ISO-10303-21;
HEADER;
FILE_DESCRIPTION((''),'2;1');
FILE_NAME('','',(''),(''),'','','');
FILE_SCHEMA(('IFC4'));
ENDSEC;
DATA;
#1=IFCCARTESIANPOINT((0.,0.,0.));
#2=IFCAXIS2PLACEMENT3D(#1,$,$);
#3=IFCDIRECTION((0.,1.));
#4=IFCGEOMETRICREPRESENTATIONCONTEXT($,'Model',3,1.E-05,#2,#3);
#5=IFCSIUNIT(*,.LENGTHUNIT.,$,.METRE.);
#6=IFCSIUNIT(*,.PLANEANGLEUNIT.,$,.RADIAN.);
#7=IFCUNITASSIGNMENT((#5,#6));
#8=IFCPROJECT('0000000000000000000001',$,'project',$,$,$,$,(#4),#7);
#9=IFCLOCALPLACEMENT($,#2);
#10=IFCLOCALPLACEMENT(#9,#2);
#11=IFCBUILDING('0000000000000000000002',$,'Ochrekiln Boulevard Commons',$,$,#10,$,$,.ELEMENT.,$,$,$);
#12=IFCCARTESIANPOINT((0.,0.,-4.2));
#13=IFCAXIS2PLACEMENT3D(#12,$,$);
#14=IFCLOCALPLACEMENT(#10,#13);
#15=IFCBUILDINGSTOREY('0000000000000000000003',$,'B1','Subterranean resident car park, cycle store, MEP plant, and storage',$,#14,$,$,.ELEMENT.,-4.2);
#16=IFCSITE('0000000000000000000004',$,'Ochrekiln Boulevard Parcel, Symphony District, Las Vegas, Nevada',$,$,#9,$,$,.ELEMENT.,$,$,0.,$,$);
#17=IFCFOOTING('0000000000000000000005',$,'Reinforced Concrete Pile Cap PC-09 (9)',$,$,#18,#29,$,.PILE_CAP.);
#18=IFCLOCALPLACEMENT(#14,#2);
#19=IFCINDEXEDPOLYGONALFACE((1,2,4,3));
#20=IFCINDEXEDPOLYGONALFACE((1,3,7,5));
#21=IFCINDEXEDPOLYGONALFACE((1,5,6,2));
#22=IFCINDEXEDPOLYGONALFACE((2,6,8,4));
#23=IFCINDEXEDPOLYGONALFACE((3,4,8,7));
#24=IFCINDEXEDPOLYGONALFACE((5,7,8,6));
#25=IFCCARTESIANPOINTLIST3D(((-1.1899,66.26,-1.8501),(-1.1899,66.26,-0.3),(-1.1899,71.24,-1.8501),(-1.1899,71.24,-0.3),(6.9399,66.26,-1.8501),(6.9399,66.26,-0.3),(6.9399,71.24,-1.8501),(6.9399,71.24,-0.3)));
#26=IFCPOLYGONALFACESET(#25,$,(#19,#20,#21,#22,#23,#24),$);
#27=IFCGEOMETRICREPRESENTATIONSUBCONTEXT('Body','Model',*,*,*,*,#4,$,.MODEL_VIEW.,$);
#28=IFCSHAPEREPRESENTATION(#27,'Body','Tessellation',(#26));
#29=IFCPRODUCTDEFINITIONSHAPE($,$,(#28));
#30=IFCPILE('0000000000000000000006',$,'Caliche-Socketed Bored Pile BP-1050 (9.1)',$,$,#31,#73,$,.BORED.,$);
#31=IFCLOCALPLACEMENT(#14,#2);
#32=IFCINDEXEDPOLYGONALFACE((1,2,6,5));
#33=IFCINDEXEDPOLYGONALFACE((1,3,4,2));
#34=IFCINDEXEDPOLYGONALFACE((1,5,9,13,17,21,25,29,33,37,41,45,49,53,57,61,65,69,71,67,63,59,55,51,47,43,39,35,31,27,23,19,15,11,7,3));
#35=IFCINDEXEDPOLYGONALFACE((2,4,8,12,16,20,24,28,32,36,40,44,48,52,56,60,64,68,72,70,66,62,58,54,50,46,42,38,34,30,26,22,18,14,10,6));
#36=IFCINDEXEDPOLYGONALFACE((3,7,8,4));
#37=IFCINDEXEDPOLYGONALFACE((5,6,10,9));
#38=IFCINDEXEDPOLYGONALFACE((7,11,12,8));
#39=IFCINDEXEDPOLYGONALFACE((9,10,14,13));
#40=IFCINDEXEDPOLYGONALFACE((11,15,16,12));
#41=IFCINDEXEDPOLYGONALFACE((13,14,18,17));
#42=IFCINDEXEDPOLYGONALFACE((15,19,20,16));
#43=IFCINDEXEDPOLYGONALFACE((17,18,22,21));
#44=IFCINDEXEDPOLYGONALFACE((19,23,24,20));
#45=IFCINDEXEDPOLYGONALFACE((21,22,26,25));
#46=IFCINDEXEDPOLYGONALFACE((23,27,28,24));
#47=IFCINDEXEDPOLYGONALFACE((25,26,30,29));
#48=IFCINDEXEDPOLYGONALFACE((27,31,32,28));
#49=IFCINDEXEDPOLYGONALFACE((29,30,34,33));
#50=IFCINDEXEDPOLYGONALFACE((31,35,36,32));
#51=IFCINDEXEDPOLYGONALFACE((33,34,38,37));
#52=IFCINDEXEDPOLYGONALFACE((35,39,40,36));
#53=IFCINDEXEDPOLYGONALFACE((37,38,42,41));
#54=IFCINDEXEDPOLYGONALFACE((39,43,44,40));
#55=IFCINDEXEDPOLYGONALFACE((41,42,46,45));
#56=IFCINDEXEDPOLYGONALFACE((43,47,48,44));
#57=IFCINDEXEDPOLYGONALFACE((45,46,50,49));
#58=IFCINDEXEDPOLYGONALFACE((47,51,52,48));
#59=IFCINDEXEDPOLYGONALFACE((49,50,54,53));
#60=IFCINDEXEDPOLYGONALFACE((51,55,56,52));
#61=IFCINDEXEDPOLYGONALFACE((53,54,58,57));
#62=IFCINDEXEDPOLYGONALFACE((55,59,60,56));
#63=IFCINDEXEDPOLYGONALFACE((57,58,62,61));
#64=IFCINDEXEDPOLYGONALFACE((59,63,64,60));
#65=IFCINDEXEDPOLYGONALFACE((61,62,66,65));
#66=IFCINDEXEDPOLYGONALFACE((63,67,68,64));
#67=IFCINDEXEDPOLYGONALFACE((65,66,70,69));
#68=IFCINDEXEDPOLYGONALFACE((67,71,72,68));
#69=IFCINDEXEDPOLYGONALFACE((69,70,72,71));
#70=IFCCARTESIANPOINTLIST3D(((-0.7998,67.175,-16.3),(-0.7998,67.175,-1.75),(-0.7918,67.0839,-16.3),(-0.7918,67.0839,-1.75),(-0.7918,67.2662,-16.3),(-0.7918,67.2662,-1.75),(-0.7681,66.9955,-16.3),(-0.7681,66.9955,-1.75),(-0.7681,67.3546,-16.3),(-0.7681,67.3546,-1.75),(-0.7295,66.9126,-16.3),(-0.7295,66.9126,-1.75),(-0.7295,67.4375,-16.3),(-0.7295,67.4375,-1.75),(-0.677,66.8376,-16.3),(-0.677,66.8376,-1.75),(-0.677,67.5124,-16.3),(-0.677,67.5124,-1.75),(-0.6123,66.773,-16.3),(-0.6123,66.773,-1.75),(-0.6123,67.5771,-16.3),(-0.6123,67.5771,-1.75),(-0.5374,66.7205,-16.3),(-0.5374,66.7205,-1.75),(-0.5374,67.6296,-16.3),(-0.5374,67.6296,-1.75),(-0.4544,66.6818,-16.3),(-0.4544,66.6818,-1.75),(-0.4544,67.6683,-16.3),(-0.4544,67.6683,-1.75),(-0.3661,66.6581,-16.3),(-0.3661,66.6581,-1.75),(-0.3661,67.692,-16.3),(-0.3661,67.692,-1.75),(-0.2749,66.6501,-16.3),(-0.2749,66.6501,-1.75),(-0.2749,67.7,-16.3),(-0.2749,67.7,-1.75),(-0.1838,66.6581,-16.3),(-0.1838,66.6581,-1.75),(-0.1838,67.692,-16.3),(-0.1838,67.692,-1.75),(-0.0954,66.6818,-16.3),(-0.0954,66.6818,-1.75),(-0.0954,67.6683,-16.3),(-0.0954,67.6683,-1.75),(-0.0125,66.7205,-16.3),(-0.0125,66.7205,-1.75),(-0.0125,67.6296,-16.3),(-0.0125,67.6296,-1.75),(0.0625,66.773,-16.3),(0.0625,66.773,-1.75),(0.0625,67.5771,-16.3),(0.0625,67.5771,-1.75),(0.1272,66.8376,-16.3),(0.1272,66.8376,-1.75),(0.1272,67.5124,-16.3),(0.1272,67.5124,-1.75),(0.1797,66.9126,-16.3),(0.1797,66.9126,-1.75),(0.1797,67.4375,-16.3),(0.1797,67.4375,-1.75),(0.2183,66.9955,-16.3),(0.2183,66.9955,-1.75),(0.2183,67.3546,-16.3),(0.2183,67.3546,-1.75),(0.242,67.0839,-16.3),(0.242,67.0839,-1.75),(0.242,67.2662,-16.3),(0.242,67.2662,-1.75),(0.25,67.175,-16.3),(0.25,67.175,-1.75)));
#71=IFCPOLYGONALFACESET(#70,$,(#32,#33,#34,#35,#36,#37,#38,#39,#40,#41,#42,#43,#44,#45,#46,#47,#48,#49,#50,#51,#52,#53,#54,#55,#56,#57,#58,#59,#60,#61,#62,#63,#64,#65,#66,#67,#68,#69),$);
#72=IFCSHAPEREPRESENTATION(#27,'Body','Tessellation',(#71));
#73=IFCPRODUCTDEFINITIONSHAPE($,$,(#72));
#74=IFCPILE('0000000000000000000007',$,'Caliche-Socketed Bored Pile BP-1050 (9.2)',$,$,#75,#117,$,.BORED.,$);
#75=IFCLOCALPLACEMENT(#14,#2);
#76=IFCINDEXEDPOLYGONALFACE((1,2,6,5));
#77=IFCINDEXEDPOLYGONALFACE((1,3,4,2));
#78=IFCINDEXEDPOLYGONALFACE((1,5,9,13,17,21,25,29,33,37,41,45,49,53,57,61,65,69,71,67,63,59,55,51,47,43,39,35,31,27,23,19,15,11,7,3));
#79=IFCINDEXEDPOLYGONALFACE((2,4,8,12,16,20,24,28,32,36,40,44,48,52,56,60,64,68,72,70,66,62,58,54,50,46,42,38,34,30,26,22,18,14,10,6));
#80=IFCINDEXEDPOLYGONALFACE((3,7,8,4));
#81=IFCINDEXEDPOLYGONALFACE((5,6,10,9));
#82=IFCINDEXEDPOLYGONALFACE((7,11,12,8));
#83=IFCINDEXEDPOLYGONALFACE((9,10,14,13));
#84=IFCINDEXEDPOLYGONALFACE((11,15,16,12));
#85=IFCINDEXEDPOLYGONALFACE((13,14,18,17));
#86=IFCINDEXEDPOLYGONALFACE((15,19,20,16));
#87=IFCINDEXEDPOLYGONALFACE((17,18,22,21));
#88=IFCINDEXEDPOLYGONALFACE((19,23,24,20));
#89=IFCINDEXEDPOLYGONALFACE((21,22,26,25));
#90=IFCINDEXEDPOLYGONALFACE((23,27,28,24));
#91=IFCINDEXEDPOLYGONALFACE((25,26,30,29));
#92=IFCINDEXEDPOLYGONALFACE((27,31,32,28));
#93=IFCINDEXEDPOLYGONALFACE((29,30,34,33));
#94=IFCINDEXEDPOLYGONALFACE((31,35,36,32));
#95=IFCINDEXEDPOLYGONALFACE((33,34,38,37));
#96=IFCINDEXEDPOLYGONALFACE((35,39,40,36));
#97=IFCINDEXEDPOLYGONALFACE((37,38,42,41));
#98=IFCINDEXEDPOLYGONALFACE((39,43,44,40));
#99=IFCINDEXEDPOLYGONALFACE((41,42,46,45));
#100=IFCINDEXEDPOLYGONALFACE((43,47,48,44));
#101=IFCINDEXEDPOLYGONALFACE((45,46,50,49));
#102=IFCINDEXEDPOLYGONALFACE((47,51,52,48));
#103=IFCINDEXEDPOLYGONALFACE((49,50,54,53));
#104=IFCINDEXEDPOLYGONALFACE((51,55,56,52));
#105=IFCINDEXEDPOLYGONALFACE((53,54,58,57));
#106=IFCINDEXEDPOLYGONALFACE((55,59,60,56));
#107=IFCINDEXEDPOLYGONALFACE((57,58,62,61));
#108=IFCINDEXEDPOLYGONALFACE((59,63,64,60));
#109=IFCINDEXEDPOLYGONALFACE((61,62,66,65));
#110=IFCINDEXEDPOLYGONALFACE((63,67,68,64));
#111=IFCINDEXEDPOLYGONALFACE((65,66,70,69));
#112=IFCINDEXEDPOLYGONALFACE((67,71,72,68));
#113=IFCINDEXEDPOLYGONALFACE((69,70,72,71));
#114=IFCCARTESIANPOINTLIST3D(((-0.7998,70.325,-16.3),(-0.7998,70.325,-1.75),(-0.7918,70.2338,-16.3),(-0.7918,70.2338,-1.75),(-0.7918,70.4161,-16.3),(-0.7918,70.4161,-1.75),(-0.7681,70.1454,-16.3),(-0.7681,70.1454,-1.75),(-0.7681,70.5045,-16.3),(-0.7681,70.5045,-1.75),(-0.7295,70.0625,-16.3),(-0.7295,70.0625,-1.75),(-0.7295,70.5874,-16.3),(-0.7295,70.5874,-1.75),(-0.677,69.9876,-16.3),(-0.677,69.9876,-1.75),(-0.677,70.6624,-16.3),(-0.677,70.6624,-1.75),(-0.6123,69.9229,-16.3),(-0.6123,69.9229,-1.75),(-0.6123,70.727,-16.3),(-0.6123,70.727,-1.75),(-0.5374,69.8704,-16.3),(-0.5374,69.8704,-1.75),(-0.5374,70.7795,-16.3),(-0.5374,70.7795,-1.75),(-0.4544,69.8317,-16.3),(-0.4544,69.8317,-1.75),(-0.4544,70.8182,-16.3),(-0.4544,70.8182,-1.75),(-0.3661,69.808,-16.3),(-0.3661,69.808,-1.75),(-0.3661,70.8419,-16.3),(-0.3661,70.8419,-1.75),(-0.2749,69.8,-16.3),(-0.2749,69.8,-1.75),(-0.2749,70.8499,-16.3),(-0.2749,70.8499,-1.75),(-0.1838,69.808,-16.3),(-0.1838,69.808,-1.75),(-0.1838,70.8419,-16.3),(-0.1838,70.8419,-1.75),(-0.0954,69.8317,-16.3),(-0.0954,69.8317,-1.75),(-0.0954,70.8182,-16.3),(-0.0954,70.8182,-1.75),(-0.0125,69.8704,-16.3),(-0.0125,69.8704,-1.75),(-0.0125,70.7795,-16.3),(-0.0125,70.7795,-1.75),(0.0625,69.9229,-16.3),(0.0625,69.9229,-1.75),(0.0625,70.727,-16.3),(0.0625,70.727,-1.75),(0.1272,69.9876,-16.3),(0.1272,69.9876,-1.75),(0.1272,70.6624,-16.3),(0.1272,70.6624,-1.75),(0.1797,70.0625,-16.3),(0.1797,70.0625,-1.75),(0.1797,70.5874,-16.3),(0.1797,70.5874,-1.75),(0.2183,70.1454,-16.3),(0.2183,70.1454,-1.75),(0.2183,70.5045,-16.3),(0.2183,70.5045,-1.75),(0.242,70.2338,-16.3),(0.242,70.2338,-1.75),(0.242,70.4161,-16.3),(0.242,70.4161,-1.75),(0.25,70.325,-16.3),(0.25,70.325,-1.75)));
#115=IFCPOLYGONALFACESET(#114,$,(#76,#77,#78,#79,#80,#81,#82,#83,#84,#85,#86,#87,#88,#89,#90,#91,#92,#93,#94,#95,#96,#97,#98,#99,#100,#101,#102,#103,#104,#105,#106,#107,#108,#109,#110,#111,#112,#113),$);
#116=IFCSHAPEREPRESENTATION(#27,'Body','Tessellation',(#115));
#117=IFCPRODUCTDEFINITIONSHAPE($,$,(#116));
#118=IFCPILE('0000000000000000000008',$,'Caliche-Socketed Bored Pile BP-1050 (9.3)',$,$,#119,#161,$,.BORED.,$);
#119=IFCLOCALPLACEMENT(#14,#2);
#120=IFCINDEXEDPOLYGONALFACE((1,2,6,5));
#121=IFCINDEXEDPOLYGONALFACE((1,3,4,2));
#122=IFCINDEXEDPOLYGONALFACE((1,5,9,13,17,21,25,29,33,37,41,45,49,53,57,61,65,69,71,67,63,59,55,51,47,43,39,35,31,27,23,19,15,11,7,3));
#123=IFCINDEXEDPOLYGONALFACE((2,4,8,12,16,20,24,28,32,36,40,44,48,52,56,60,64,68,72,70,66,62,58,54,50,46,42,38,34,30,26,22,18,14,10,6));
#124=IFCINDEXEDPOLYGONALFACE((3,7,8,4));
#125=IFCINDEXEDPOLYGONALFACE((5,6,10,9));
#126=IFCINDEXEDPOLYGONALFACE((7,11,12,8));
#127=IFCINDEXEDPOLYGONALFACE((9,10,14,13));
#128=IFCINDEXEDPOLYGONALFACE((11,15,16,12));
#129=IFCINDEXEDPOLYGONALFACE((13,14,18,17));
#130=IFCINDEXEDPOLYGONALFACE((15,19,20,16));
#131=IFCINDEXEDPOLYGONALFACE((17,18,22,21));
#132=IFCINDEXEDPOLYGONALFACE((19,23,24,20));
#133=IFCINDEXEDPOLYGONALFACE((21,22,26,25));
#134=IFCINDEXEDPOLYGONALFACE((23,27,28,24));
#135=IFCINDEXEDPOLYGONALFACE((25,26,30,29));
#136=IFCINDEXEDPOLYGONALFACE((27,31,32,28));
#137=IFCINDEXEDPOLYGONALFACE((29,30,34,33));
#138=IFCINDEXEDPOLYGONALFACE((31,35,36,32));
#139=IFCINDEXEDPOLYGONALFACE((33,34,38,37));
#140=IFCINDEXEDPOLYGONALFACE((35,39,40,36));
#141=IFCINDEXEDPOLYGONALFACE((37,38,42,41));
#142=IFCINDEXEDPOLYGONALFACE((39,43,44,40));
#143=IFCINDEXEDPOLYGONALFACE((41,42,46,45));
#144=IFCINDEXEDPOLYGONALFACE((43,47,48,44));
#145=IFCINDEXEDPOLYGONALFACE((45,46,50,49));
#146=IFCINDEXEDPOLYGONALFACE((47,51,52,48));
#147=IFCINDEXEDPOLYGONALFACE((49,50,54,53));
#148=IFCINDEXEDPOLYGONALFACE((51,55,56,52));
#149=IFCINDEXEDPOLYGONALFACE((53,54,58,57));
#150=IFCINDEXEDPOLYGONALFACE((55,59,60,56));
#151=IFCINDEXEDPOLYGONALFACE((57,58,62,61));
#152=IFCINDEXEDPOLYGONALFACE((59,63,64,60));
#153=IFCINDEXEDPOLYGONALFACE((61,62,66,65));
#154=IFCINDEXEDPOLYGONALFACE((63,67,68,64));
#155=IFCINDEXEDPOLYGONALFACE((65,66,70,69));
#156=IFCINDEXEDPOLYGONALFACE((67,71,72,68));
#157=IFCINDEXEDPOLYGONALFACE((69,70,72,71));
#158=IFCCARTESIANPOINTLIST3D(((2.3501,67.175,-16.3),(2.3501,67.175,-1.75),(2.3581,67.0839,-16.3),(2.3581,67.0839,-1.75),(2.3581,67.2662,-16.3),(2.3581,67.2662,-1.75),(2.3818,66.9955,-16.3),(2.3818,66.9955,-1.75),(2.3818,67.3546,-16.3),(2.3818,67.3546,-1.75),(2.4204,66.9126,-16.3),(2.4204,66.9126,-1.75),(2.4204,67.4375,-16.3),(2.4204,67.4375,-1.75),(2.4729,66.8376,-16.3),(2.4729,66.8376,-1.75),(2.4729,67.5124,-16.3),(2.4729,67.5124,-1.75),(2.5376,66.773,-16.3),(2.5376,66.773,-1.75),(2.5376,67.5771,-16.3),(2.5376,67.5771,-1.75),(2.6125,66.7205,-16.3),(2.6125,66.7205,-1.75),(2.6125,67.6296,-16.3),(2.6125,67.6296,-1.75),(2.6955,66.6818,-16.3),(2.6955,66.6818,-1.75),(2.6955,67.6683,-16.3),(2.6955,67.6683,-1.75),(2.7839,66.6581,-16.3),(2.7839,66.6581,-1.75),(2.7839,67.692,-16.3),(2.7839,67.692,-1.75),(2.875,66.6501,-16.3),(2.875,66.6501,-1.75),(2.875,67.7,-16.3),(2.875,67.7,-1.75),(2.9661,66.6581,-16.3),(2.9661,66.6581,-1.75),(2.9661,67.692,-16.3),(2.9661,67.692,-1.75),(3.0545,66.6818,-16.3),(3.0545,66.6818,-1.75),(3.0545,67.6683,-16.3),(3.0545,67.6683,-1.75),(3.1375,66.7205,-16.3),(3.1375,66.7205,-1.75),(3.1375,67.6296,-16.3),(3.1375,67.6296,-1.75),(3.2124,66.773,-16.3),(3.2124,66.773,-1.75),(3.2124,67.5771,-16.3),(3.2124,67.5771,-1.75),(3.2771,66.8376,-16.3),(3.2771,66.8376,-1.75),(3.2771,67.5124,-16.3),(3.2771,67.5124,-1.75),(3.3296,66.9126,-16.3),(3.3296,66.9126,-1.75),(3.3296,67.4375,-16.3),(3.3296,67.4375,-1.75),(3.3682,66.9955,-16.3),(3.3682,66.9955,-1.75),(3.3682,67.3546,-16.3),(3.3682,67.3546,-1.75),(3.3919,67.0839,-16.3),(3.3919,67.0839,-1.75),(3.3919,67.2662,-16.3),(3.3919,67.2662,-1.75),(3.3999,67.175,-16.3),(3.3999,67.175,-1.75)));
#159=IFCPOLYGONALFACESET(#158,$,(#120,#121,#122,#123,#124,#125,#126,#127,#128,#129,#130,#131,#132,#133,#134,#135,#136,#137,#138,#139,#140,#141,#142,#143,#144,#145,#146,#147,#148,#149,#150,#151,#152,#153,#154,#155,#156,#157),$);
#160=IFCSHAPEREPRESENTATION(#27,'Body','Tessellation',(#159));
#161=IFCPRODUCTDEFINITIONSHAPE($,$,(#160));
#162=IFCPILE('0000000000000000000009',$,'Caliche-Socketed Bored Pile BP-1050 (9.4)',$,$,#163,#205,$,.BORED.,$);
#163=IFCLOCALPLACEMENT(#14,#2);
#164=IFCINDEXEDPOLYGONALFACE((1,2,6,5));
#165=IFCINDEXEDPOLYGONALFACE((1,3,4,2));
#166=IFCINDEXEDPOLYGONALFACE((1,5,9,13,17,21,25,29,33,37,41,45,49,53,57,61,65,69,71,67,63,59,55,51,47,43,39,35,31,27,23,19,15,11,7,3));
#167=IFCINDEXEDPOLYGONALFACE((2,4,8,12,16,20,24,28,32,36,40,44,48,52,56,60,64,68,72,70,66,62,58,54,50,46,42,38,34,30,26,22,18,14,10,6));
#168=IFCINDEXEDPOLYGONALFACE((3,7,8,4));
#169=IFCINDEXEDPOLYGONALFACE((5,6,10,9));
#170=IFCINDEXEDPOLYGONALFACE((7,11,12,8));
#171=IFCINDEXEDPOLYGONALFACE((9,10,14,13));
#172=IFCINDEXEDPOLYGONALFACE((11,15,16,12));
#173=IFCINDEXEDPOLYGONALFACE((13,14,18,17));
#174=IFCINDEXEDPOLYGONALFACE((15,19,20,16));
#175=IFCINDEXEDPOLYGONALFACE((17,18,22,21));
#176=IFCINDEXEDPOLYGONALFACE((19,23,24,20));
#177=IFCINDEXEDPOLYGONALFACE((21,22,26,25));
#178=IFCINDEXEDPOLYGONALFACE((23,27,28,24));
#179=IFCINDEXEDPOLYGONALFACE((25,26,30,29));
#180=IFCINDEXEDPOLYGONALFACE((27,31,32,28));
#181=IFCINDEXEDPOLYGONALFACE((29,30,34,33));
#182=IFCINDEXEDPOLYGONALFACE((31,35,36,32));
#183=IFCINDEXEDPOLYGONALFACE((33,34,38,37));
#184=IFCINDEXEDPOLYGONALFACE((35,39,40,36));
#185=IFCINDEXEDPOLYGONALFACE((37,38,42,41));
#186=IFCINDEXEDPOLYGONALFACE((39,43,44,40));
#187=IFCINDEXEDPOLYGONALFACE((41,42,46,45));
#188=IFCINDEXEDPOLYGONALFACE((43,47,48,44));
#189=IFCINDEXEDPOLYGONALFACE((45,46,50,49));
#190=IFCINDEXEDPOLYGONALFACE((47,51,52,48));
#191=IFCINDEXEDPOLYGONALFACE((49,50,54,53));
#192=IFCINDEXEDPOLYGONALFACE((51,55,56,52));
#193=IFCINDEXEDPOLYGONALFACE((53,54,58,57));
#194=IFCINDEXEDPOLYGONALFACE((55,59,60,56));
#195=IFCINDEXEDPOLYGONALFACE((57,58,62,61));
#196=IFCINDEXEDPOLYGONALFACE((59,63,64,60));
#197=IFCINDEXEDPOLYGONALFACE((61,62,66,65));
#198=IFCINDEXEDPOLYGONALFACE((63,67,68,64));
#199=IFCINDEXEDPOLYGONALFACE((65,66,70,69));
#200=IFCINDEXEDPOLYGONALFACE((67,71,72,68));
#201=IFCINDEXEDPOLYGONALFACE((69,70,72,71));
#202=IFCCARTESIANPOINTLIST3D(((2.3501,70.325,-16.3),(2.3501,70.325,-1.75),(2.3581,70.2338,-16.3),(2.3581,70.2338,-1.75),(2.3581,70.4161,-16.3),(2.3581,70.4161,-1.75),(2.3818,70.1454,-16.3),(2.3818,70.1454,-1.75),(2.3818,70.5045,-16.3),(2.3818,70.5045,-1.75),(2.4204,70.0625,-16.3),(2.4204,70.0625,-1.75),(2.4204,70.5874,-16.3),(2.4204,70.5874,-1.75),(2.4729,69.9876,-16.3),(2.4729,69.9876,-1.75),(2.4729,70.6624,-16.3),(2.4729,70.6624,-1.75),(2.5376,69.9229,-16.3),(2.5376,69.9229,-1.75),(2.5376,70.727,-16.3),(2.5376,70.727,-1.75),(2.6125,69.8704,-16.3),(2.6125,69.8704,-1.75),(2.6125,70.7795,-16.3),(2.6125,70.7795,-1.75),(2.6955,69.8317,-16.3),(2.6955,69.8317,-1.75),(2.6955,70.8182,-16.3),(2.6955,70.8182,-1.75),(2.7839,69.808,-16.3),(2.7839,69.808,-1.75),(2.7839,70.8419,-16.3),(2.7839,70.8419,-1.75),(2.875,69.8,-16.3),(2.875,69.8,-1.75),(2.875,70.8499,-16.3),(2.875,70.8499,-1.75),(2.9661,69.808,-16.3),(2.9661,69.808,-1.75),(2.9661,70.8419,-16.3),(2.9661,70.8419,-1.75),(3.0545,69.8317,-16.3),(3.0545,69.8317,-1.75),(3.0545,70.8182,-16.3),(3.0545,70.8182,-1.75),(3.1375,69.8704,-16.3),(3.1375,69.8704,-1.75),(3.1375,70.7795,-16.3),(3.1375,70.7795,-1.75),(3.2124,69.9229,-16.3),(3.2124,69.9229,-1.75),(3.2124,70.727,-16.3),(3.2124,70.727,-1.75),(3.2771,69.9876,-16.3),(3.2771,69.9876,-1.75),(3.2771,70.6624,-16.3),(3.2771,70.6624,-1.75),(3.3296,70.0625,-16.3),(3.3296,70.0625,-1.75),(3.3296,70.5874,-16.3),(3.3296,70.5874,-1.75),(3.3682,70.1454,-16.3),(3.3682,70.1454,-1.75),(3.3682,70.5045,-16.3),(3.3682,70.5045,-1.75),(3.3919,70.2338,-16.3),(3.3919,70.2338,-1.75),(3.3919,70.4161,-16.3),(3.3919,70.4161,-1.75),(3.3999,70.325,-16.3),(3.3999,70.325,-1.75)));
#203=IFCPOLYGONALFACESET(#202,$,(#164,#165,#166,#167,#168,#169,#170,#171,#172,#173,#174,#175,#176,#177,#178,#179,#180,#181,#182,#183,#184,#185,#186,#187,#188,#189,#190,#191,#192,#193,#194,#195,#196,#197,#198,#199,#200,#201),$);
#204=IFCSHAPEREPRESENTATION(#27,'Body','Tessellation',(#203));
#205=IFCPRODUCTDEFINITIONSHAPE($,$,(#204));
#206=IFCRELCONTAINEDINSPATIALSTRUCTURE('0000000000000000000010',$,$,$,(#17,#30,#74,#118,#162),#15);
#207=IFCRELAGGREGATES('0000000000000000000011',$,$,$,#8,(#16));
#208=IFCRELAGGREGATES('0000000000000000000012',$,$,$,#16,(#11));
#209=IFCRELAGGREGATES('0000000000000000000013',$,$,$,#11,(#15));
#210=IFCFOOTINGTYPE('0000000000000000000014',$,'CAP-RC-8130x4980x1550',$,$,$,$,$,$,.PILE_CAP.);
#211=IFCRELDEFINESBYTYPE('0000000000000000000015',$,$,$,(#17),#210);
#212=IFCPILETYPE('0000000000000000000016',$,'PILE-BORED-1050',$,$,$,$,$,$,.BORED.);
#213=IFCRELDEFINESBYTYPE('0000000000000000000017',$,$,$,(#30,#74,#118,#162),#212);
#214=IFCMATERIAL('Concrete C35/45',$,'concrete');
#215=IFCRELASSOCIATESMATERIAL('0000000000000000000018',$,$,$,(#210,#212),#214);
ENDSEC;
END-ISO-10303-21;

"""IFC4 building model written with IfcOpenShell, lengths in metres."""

from ifc_helpers import new_model, si_unit, direction, frame, origin, origin_2d, place, context, subcontext, project, spatial, rectangle, circle, extrude, material, material_profile, profile_set, type_object, element, save


model = new_model("IFC4")

# Units and contexts
model_context = context("Model", 3, precision=1e-05, world=origin(), true_north=direction((0.0, 1.0)))
body_context = subcontext(model_context, "Body", "Model", "MODEL_VIEW")
ifc_project = project(units=[si_unit("LENGTHUNIT", "METRE"), si_unit("PLANEANGLEUNIT", "RADIAN")], contexts=[model_context])

# Site, building, storey
site_placement = place(None, origin())
site = spatial("IfcSite", under=ifc_project, at=site_placement, Name="Ochrekiln Boulevard Parcel, Symphony District, Las Vegas, Nevada", CompositionType="ELEMENT", RefElevation=0.0)
building_placement = place(site_placement, origin())
building = spatial("IfcBuilding", under=site, at=building_placement, Name="Ochrekiln Boulevard Commons", CompositionType="ELEMENT")
storey_placement = place(building_placement, frame((0.0, 0.0, -4.2)))
storey = spatial("IfcBuildingStorey", under=building, at=storey_placement, Name="B1", Description="Subterranean resident car park, cycle store, MEP plant, and storage", CompositionType="ELEMENT", Elevation=-4.2)

# Footing
ifc_material_1 = material(Name="Concrete C35/45", Category="concrete")
footing_type = type_object("IfcFootingType", Name="CAP-RC-8130x4980x1550", PredefinedType="PILE_CAP", material=ifc_material_1)
footing_placement = place(storey_placement, frame((2.875, 68.75, -1.8501), z_axis=(0.0, 0.0, 1.0), x_axis=(1.0, 0.0, 0.0)))
element("IfcFooting", 1, at=footing_placement, inside=storey, type_object=footing_type, Name="Reinforced Concrete Pile Cap PC-09 (9)", PredefinedType="PILE_CAP", context=body_context, shape_type="SweptSolid", body=[
    extrude(rectangle(XDim=8.1299, YDim=4.98, at=origin_2d()), origin(), (0.0, 0.0, 1.0), 1.55),
])

# Piles
ifc_material_profile_1 = material_profile(ifc_material_1, circle(Radius=0.5249, at=origin_2d()), Name="PILE-D1050")
ifc_profile_set_1 = profile_set([ifc_material_profile_1], Name="Concrete C35/45")
pile_type = type_object("IfcPileType", Name="PILE-BORED-1050", PredefinedType="BORED", material=ifc_profile_set_1)
for number, where, z_axis, x_axis, name in (
    (2, (-0.2749, 67.175, -1.75), (0.0, 0.0, -1.0), (1.0, 0.0, 0.0), "Caliche-Socketed Bored Pile BP-1050 (9.1)"),
    (3, (-0.2749, 70.325, -1.75), (0.0, 0.0, -1.0), (1.0, 0.0, 0.0), "Caliche-Socketed Bored Pile BP-1050 (9.2)"),
    (4, (2.875, 67.175, -1.75), (0.0, 0.0, -1.0), (1.0, 0.0, 0.0), "Caliche-Socketed Bored Pile BP-1050 (9.3)"),
    (5, (2.875, 70.325, -1.75), (0.0, 0.0, -1.0), (1.0, 0.0, 0.0), "Caliche-Socketed Bored Pile BP-1050 (9.4)"),
):
    element("IfcPile", number, at=place(storey_placement, frame(where, z_axis=z_axis, x_axis=x_axis)), inside=storey, type_object=pile_type, Name=name, PredefinedType="BORED", context=body_context, shape_type="SweptSolid", body=[
        extrude(circle(Radius=0.5249, at=origin_2d()), origin(), (0.0, 0.0, 1.0), 14.55),
    ])

save(model, "model.ifc")
